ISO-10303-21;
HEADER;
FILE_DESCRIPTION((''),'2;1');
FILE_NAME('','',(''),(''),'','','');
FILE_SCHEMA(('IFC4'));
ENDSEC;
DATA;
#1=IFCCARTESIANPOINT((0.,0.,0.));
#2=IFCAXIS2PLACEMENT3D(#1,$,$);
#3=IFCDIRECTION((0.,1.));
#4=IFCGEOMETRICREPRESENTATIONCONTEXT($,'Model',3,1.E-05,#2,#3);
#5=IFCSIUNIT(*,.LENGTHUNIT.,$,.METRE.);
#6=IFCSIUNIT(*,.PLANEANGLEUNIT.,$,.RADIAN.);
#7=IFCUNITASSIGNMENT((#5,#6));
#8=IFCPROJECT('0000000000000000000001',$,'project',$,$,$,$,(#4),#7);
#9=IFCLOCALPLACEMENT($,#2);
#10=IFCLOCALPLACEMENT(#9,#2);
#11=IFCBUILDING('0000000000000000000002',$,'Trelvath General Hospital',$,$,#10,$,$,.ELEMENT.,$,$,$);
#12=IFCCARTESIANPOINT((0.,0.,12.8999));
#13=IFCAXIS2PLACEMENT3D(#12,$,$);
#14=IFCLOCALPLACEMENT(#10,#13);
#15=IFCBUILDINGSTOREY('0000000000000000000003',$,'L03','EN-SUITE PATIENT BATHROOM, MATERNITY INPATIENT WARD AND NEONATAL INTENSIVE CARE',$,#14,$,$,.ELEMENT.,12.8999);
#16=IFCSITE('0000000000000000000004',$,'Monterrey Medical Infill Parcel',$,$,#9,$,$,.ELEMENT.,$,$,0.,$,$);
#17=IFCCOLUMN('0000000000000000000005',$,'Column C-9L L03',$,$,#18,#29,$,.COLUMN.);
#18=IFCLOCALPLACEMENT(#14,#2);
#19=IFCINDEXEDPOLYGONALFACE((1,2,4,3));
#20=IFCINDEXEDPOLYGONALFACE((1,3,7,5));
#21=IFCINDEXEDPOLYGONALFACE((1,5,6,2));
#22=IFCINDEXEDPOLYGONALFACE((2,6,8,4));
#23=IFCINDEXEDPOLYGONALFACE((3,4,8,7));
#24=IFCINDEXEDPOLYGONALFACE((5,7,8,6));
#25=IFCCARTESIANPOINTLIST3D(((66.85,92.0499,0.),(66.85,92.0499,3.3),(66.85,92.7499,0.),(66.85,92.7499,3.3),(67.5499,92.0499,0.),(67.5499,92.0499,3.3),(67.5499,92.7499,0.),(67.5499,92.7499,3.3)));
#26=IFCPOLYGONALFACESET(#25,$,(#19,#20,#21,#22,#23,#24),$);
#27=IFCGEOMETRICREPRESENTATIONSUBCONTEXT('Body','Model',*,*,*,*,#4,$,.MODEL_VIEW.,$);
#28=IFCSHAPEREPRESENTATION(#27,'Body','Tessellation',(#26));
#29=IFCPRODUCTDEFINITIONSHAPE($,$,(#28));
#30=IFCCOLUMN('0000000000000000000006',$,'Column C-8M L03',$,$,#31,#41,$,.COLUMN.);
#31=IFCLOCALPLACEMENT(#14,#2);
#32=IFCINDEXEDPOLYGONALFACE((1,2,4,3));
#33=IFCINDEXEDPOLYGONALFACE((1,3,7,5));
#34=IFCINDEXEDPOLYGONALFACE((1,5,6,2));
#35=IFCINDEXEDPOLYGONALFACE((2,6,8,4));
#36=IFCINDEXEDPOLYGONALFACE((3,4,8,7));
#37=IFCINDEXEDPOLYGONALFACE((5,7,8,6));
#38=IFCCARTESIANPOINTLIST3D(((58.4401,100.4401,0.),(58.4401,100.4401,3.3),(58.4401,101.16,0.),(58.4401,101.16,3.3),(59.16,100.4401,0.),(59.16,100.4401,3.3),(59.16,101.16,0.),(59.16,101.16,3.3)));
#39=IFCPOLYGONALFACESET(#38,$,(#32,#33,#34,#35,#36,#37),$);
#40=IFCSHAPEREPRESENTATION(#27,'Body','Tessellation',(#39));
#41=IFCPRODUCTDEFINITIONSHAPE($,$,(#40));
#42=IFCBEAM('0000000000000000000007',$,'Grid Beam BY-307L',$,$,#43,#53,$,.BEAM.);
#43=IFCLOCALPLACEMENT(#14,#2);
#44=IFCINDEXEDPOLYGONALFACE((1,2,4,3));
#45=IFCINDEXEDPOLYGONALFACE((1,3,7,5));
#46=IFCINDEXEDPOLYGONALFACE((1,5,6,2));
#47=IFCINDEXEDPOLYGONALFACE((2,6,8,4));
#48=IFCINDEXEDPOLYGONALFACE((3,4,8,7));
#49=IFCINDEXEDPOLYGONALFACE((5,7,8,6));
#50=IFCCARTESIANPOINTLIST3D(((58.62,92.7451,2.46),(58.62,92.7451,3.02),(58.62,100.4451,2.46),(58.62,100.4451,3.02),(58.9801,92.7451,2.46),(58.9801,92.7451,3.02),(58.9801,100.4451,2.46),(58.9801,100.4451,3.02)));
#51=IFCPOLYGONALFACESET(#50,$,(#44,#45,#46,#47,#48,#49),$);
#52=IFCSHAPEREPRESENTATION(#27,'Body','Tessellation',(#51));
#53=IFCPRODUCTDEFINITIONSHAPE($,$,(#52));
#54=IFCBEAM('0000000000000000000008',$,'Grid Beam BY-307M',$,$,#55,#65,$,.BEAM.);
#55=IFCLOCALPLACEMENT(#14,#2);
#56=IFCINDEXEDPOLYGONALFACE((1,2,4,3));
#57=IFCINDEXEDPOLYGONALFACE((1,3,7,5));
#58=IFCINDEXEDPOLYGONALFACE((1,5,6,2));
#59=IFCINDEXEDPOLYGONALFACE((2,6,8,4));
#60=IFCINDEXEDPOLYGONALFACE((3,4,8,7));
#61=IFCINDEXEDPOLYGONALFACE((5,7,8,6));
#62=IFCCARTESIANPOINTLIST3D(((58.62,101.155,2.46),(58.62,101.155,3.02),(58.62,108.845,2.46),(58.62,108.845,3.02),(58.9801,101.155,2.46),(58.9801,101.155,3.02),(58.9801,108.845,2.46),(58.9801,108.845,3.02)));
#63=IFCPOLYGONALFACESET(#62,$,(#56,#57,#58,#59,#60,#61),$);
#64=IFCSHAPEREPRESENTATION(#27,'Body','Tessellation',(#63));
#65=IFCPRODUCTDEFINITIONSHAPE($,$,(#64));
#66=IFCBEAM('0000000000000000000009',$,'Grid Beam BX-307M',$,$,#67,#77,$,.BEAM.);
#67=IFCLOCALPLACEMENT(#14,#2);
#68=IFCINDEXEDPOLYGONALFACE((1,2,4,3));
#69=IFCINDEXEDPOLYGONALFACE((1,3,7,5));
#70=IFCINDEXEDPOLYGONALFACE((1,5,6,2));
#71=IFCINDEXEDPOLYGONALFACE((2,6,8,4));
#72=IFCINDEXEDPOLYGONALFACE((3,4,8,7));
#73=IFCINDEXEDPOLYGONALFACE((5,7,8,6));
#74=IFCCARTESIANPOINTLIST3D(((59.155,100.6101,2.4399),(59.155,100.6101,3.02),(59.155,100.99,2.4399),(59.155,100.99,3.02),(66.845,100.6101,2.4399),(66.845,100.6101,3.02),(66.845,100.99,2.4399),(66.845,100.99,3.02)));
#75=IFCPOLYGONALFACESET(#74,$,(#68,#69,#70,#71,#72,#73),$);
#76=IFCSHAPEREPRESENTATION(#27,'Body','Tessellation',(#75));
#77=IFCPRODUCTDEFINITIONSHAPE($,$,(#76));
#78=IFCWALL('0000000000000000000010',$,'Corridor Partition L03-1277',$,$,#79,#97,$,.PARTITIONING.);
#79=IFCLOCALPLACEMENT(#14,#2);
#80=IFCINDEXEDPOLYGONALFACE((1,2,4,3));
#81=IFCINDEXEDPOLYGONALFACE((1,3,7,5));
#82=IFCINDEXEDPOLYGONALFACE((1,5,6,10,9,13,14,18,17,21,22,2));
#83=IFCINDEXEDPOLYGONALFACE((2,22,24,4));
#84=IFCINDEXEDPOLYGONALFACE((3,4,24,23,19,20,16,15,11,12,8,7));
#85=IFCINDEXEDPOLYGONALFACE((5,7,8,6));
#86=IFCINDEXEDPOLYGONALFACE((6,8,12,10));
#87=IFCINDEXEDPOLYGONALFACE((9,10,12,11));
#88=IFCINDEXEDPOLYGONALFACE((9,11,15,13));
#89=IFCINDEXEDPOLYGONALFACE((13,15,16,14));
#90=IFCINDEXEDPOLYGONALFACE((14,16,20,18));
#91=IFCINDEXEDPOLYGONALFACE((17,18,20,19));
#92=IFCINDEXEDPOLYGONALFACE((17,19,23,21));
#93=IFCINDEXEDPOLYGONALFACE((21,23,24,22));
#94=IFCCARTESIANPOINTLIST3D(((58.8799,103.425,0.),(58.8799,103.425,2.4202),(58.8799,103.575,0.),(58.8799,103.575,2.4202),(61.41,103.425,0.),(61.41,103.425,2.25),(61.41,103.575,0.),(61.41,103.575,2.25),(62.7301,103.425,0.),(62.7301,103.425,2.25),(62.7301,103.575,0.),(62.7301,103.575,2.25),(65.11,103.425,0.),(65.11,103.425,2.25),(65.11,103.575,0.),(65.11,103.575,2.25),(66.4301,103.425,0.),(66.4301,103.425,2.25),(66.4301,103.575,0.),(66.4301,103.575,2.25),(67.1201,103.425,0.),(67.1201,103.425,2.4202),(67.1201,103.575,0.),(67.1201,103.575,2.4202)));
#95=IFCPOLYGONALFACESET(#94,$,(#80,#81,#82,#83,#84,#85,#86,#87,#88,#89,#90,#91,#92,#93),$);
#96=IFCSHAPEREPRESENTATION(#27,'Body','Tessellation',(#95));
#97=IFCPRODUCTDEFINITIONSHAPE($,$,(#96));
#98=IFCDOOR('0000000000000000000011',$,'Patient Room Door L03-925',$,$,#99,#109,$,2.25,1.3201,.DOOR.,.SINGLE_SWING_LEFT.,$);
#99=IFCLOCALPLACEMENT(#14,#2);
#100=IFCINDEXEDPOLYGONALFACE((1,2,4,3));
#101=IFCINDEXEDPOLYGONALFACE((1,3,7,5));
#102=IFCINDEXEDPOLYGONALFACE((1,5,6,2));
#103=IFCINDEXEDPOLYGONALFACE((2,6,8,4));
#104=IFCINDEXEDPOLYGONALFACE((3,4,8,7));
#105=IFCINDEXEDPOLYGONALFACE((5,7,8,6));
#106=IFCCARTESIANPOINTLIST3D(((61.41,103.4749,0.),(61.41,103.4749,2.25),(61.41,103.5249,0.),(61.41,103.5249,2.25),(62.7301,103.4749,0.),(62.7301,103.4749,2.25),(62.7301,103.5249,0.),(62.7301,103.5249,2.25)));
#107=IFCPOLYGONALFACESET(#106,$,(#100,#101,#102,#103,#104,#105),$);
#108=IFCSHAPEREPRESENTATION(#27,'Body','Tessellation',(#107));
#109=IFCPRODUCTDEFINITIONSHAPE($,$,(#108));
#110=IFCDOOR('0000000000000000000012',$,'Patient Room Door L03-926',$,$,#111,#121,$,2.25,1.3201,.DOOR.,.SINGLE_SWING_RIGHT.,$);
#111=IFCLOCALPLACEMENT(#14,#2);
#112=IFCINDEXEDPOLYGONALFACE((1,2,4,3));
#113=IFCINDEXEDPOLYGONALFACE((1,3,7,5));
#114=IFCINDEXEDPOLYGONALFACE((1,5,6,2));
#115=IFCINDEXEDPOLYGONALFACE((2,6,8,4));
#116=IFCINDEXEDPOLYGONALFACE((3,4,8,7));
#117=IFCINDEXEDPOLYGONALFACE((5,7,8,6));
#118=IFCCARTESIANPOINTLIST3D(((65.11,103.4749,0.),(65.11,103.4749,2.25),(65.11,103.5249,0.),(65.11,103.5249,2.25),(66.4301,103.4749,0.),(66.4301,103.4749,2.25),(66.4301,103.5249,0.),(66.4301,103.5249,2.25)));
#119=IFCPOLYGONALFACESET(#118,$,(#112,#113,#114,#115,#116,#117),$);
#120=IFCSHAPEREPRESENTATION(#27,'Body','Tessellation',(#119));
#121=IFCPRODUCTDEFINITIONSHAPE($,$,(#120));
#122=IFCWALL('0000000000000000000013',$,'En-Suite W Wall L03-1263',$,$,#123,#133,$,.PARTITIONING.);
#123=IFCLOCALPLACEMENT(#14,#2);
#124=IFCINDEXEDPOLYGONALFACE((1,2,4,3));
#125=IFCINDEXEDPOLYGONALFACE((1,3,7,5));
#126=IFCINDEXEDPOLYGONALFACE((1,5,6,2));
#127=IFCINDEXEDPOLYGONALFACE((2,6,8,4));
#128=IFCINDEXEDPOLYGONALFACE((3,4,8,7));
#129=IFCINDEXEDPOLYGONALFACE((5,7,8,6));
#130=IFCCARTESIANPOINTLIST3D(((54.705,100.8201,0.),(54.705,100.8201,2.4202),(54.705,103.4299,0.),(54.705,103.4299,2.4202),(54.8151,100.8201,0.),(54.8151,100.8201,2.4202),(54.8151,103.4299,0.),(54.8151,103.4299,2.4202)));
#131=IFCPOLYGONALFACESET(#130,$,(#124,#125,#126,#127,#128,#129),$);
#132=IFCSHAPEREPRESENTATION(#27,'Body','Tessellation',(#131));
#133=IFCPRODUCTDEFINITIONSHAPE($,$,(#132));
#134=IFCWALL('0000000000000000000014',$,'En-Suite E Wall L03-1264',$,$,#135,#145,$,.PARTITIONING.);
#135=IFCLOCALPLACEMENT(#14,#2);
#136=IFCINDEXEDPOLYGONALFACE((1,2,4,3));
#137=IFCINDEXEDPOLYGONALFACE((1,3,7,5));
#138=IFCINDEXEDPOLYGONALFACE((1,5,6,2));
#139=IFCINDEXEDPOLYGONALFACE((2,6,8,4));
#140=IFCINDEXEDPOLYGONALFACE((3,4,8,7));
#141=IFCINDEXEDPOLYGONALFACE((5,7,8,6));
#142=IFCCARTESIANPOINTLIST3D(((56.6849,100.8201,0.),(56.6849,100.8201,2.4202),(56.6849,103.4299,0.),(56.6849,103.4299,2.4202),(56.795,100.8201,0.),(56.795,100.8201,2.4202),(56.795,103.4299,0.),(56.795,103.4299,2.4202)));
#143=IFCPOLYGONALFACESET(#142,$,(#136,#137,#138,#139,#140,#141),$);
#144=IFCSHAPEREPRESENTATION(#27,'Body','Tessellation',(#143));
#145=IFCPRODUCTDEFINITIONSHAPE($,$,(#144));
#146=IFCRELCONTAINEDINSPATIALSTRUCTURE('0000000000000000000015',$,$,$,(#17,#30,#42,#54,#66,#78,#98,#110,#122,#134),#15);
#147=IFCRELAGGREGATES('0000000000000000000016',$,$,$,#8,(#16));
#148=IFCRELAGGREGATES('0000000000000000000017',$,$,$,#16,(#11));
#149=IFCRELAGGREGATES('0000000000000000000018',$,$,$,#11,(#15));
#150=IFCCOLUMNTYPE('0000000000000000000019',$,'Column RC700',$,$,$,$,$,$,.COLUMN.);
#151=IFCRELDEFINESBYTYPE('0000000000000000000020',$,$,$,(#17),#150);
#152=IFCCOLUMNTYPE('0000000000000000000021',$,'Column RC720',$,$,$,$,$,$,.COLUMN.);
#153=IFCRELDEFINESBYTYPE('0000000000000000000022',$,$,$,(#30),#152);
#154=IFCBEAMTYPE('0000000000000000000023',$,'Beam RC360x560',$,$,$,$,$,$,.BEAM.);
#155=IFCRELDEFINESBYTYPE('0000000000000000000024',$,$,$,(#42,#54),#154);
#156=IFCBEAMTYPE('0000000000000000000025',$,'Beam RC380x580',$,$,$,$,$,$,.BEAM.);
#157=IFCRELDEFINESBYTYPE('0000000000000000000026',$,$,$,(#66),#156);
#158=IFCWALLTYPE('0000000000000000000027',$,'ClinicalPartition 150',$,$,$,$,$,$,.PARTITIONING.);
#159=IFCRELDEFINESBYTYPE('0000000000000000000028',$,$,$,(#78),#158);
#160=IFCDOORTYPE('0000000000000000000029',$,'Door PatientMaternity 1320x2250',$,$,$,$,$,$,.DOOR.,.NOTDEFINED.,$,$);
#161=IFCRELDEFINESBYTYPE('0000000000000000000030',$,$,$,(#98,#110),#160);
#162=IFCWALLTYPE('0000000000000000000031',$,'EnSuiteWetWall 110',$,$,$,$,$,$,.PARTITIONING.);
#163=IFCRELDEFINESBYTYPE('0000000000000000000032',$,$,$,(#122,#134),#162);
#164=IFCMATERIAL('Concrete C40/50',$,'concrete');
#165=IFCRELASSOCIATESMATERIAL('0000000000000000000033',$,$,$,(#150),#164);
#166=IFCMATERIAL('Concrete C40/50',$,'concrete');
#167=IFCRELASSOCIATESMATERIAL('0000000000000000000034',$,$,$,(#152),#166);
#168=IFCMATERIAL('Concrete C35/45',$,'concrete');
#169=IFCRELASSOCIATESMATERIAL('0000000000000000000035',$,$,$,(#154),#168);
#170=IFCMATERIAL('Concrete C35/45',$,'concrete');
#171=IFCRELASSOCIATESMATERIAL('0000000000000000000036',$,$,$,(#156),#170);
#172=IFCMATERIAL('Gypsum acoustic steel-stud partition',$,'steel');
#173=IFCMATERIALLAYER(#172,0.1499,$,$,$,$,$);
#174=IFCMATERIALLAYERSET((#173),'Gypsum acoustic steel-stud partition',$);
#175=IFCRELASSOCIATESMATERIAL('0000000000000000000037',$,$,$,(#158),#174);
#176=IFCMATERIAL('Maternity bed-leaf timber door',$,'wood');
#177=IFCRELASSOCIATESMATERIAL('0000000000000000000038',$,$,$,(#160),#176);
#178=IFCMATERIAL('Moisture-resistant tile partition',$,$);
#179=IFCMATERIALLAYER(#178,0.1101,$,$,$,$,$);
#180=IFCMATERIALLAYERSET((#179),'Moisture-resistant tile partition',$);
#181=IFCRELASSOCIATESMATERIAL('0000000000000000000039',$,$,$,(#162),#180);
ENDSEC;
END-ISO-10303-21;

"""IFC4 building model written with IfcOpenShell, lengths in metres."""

from ifc_helpers import new_model, si_unit, direction, frame, frame_2d, origin, origin_2d, place, context, subcontext, project, spatial, rectangle, extrude, material, layer, layer_set, material_profile, profile_set, type_object, element, fill, save


model = new_model("IFC4")

# Units and contexts
model_context = context("Model", 3, precision=1e-05, world=origin(), true_north=direction((0.0, 1.0)))
body_context = subcontext(model_context, "Body", "Model", "MODEL_VIEW")
ifc_project = project(units=[si_unit("LENGTHUNIT", "METRE"), si_unit("PLANEANGLEUNIT", "RADIAN")], contexts=[model_context])

# Site, building, storey
site_placement = place(None, origin())
site = spatial("IfcSite", under=ifc_project, at=site_placement, Name="Monterrey Medical Infill Parcel", CompositionType="ELEMENT", RefElevation=0.0)
building_placement = place(site_placement, origin())
building = spatial("IfcBuilding", under=site, at=building_placement, Name="Trelvath General Hospital", CompositionType="ELEMENT")
storey_placement = place(building_placement, frame((0.0, 0.0, 12.8999)))
storey = spatial("IfcBuildingStorey", under=building, at=storey_placement, Name="L03", Description="EN-SUITE PATIENT BATHROOM, MATERNITY INPATIENT WARD AND NEONATAL INTENSIVE CARE", CompositionType="ELEMENT", Elevation=12.8999)

# Columns
ifc_material_1 = material(Name="Concrete C40/50", Category="concrete")
ifc_material_profile_1 = material_profile(ifc_material_1, rectangle(XDim=0.7, YDim=0.7, at=origin_2d()), Name="RC700x700")
ifc_profile_set_1 = profile_set([ifc_material_profile_1], Name="Concrete C40/50")
column_type_1 = type_object("IfcColumnType", Name="Column RC700", PredefinedType="COLUMN", material=ifc_profile_set_1)
column_1_placement = place(storey_placement, frame((67.2, 92.3999, 0.0), z_axis=(0.0, 0.0, 1.0), x_axis=(1.0, 0.0, 0.0)))
element("IfcColumn", 1, at=column_1_placement, inside=storey, type_object=column_type_1, Name="Column C-9L L03", PredefinedType="COLUMN", context=body_context, shape_type="SweptSolid", body=[
    extrude(rectangle(XDim=0.7, YDim=0.7, at=origin_2d()), origin(), (0.0, 0.0, 1.0), 3.3),
])
ifc_material_2 = material(Name="Concrete C40/50", Category="concrete")
ifc_material_profile_2 = material_profile(ifc_material_2, rectangle(XDim=0.72, YDim=0.72, at=origin_2d()), Name="RC720x720")
ifc_profile_set_2 = profile_set([ifc_material_profile_2], Name="Concrete C40/50")
column_type_2 = type_object("IfcColumnType", Name="Column RC720", PredefinedType="COLUMN", material=ifc_profile_set_2)
column_2_placement = place(storey_placement, frame((58.8, 100.8, 0.0), z_axis=(0.0, 0.0, 1.0), x_axis=(1.0, 0.0, 0.0)))
element("IfcColumn", 2, at=column_2_placement, inside=storey, type_object=column_type_2, Name="Column C-8M L03", PredefinedType="COLUMN", context=body_context, shape_type="SweptSolid", body=[
    extrude(rectangle(XDim=0.72, YDim=0.72, at=origin_2d()), origin(), (0.0, 0.0, 1.0), 3.3),
])

# Beams
ifc_material_3 = material(Name="Concrete C35/45", Category="concrete")
ifc_material_profile_3 = material_profile(ifc_material_3, rectangle(XDim=0.3601, YDim=0.5601, at=origin_2d()), Name="RCB360x560")
ifc_profile_set_3 = profile_set([ifc_material_profile_3], Name="Concrete C35/45")
beam_type_1 = type_object("IfcBeamType", Name="Beam RC360x560", PredefinedType="BEAM", material=ifc_profile_set_3)
beam_1_placement = place(storey_placement, frame((58.8, 92.7451, 2.74), z_axis=(0.0, 1.0, 0.0), x_axis=(-1.0, 0.0, 0.0)))
element("IfcBeam", 3, at=beam_1_placement, inside=storey, type_object=beam_type_1, Name="Grid Beam BY-307L", PredefinedType="BEAM", context=body_context, shape_type="SweptSolid", body=[
    extrude(rectangle(XDim=0.3601, YDim=0.5601, at=origin_2d()), origin(), (0.0, 0.0, 1.0), 7.7),
])
beam_2_placement = place(storey_placement, frame((58.8, 101.155, 2.74), z_axis=(0.0, 1.0, 0.0), x_axis=(-1.0, 0.0, 0.0)))
element("IfcBeam", 4, at=beam_2_placement, inside=storey, type_object=beam_type_1, Name="Grid Beam BY-307M", PredefinedType="BEAM", context=body_context, shape_type="SweptSolid", body=[
    extrude(rectangle(XDim=0.3601, YDim=0.5601, at=origin_2d()), origin(), (0.0, 0.0, 1.0), 7.6899),
])
ifc_material_4 = material(Name="Concrete C35/45", Category="concrete")
ifc_material_profile_4 = material_profile(ifc_material_4, rectangle(XDim=0.3799, YDim=0.5801, at=origin_2d()), Name="RCB380x580")
ifc_profile_set_4 = profile_set([ifc_material_profile_4], Name="Concrete C35/45")
beam_type_2 = type_object("IfcBeamType", Name="Beam RC380x580", PredefinedType="BEAM", material=ifc_profile_set_4)
beam_3_placement = place(storey_placement, frame((59.155, 100.8, 2.73), z_axis=(1.0, 0.0, 0.0), x_axis=(0.0, 1.0, 0.0)))
element("IfcBeam", 5, at=beam_3_placement, inside=storey, type_object=beam_type_2, Name="Grid Beam BX-307M", PredefinedType="BEAM", context=body_context, shape_type="SweptSolid", body=[
    extrude(rectangle(XDim=0.3799, YDim=0.5801, at=origin_2d()), origin(), (0.0, 0.0, 1.0), 7.6899),
])

# Wall, openings, doors
ifc_material_5 = material(Name="Gypsum acoustic steel-stud partition", Category="steel")
ifc_layer_1 = layer(ifc_material_5, 0.1499)
ifc_layer_set_1 = layer_set([ifc_layer_1], Name="Gypsum acoustic steel-stud partition")
wall_type_1 = type_object("IfcWallType", Name="ClinicalPartition 150", PredefinedType="PARTITIONING", material=ifc_layer_set_1)
wall_1_placement = place(storey_placement, frame((58.8799, 103.5, 0.0), z_axis=(0.0, 0.0, 1.0), x_axis=(1.0, 0.0, 0.0)))
wall_1 = element("IfcWall", 6, at=wall_1_placement, inside=storey, type_object=wall_type_1, Name="Corridor Partition L03-1277", PredefinedType="PARTITIONING", context=body_context, shape_type="SweptSolid", body=[
    extrude(rectangle(XDim=8.2402, YDim=0.1499, at=frame_2d((4.1201, 0.0))), origin(), (0.0, 0.0, 1.0), 2.4202),
])
opening_1_placement = place(wall_1_placement, frame((2.53, 0.0, 0.0)))
opening_1 = element("IfcOpeningElement", 7, at=opening_1_placement, cuts=wall_1, PredefinedType="OPENING", context=body_context, shape_type="SweptSolid", body=[
    extrude(rectangle(XDim=1.3201, YDim=2.25, at=frame_2d((0.6602, 1.125))), frame((0.0, 0.085, 0.0), z_axis=(0.0, -1.0, 0.0), x_axis=(1.0, 0.0, 0.0)), (0.0, 0.0, 1.0), 0.1699),
])
opening_2_placement = place(wall_1_placement, frame((6.23, 0.0, 0.0)))
opening_2 = element("IfcOpeningElement", 8, at=opening_2_placement, cuts=wall_1, PredefinedType="OPENING", context=body_context, shape_type="SweptSolid", body=[
    extrude(rectangle(XDim=1.3201, YDim=2.25, at=frame_2d((0.6602, 1.125))), frame((0.0, 0.085, 0.0), z_axis=(0.0, -1.0, 0.0), x_axis=(1.0, 0.0, 0.0)), (0.0, 0.0, 1.0), 0.1699),
])
ifc_material_6 = material(Name="Maternity bed-leaf timber door", Category="wood")
door_type_1 = type_object("IfcDoorType", Name="Door PatientMaternity 1320x2250", OperationType="NOTDEFINED", PredefinedType="DOOR", material=ifc_material_6)
door_1_placement = place(opening_1_placement, origin())
door_1 = element("IfcDoor", 9, at=door_1_placement, inside=storey, type_object=door_type_1, Name="Patient Room Door L03-925", OperationType="SINGLE_SWING_LEFT", OverallHeight=2.25, OverallWidth=1.3201, PredefinedType="DOOR", context=body_context, shape_type="SweptSolid", body=[
    extrude(rectangle(XDim=1.3201, YDim=2.25, at=frame_2d((0.6602, 1.125))), frame((0.0, 0.0249, 0.0), z_axis=(0.0, -1.0, 0.0), x_axis=(1.0, 0.0, 0.0)), (0.0, 0.0, 1.0), 0.05),
])
fill(opening_1, door_1)
door_2_placement = place(opening_2_placement, origin())
door_2 = element("IfcDoor", 10, at=door_2_placement, inside=storey, type_object=door_type_1, Name="Patient Room Door L03-926", OperationType="SINGLE_SWING_RIGHT", OverallHeight=2.25, OverallWidth=1.3201, PredefinedType="DOOR", context=body_context, shape_type="SweptSolid", body=[
    extrude(rectangle(XDim=1.3201, YDim=2.25, at=frame_2d((0.6602, 1.125))), frame((0.0, 0.0249, 0.0), z_axis=(0.0, -1.0, 0.0), x_axis=(1.0, 0.0, 0.0)), (0.0, 0.0, 1.0), 0.05),
])
fill(opening_2, door_2)

# Walls
ifc_material_7 = material(Name="Moisture-resistant tile partition")
ifc_layer_2 = layer(ifc_material_7, 0.1101)
ifc_layer_set_2 = layer_set([ifc_layer_2], Name="Moisture-resistant tile partition")
wall_type_2 = type_object("IfcWallType", Name="EnSuiteWetWall 110", PredefinedType="PARTITIONING", material=ifc_layer_set_2)
for number, where, z_axis, x_axis, name in (
    (11, (54.76, 100.8201, 0.0), (0.0, 0.0, 1.0), (0.0, 1.0, 0.0), "En-Suite W Wall L03-1263"),
    (12, (56.74, 100.8201, 0.0), (0.0, 0.0, 1.0), (0.0, 1.0, 0.0), "En-Suite E Wall L03-1264"),
):
    element("IfcWall", number, at=place(storey_placement, frame(where, z_axis=z_axis, x_axis=x_axis)), inside=storey, type_object=wall_type_2, Name=name, PredefinedType="PARTITIONING", context=body_context, shape_type="SweptSolid", body=[
        extrude(rectangle(XDim=2.6099, YDim=0.1101, at=frame_2d((1.3049, 0.0))), origin(), (0.0, 0.0, 1.0), 2.4202),
    ])

save(model, "model.ifc")
